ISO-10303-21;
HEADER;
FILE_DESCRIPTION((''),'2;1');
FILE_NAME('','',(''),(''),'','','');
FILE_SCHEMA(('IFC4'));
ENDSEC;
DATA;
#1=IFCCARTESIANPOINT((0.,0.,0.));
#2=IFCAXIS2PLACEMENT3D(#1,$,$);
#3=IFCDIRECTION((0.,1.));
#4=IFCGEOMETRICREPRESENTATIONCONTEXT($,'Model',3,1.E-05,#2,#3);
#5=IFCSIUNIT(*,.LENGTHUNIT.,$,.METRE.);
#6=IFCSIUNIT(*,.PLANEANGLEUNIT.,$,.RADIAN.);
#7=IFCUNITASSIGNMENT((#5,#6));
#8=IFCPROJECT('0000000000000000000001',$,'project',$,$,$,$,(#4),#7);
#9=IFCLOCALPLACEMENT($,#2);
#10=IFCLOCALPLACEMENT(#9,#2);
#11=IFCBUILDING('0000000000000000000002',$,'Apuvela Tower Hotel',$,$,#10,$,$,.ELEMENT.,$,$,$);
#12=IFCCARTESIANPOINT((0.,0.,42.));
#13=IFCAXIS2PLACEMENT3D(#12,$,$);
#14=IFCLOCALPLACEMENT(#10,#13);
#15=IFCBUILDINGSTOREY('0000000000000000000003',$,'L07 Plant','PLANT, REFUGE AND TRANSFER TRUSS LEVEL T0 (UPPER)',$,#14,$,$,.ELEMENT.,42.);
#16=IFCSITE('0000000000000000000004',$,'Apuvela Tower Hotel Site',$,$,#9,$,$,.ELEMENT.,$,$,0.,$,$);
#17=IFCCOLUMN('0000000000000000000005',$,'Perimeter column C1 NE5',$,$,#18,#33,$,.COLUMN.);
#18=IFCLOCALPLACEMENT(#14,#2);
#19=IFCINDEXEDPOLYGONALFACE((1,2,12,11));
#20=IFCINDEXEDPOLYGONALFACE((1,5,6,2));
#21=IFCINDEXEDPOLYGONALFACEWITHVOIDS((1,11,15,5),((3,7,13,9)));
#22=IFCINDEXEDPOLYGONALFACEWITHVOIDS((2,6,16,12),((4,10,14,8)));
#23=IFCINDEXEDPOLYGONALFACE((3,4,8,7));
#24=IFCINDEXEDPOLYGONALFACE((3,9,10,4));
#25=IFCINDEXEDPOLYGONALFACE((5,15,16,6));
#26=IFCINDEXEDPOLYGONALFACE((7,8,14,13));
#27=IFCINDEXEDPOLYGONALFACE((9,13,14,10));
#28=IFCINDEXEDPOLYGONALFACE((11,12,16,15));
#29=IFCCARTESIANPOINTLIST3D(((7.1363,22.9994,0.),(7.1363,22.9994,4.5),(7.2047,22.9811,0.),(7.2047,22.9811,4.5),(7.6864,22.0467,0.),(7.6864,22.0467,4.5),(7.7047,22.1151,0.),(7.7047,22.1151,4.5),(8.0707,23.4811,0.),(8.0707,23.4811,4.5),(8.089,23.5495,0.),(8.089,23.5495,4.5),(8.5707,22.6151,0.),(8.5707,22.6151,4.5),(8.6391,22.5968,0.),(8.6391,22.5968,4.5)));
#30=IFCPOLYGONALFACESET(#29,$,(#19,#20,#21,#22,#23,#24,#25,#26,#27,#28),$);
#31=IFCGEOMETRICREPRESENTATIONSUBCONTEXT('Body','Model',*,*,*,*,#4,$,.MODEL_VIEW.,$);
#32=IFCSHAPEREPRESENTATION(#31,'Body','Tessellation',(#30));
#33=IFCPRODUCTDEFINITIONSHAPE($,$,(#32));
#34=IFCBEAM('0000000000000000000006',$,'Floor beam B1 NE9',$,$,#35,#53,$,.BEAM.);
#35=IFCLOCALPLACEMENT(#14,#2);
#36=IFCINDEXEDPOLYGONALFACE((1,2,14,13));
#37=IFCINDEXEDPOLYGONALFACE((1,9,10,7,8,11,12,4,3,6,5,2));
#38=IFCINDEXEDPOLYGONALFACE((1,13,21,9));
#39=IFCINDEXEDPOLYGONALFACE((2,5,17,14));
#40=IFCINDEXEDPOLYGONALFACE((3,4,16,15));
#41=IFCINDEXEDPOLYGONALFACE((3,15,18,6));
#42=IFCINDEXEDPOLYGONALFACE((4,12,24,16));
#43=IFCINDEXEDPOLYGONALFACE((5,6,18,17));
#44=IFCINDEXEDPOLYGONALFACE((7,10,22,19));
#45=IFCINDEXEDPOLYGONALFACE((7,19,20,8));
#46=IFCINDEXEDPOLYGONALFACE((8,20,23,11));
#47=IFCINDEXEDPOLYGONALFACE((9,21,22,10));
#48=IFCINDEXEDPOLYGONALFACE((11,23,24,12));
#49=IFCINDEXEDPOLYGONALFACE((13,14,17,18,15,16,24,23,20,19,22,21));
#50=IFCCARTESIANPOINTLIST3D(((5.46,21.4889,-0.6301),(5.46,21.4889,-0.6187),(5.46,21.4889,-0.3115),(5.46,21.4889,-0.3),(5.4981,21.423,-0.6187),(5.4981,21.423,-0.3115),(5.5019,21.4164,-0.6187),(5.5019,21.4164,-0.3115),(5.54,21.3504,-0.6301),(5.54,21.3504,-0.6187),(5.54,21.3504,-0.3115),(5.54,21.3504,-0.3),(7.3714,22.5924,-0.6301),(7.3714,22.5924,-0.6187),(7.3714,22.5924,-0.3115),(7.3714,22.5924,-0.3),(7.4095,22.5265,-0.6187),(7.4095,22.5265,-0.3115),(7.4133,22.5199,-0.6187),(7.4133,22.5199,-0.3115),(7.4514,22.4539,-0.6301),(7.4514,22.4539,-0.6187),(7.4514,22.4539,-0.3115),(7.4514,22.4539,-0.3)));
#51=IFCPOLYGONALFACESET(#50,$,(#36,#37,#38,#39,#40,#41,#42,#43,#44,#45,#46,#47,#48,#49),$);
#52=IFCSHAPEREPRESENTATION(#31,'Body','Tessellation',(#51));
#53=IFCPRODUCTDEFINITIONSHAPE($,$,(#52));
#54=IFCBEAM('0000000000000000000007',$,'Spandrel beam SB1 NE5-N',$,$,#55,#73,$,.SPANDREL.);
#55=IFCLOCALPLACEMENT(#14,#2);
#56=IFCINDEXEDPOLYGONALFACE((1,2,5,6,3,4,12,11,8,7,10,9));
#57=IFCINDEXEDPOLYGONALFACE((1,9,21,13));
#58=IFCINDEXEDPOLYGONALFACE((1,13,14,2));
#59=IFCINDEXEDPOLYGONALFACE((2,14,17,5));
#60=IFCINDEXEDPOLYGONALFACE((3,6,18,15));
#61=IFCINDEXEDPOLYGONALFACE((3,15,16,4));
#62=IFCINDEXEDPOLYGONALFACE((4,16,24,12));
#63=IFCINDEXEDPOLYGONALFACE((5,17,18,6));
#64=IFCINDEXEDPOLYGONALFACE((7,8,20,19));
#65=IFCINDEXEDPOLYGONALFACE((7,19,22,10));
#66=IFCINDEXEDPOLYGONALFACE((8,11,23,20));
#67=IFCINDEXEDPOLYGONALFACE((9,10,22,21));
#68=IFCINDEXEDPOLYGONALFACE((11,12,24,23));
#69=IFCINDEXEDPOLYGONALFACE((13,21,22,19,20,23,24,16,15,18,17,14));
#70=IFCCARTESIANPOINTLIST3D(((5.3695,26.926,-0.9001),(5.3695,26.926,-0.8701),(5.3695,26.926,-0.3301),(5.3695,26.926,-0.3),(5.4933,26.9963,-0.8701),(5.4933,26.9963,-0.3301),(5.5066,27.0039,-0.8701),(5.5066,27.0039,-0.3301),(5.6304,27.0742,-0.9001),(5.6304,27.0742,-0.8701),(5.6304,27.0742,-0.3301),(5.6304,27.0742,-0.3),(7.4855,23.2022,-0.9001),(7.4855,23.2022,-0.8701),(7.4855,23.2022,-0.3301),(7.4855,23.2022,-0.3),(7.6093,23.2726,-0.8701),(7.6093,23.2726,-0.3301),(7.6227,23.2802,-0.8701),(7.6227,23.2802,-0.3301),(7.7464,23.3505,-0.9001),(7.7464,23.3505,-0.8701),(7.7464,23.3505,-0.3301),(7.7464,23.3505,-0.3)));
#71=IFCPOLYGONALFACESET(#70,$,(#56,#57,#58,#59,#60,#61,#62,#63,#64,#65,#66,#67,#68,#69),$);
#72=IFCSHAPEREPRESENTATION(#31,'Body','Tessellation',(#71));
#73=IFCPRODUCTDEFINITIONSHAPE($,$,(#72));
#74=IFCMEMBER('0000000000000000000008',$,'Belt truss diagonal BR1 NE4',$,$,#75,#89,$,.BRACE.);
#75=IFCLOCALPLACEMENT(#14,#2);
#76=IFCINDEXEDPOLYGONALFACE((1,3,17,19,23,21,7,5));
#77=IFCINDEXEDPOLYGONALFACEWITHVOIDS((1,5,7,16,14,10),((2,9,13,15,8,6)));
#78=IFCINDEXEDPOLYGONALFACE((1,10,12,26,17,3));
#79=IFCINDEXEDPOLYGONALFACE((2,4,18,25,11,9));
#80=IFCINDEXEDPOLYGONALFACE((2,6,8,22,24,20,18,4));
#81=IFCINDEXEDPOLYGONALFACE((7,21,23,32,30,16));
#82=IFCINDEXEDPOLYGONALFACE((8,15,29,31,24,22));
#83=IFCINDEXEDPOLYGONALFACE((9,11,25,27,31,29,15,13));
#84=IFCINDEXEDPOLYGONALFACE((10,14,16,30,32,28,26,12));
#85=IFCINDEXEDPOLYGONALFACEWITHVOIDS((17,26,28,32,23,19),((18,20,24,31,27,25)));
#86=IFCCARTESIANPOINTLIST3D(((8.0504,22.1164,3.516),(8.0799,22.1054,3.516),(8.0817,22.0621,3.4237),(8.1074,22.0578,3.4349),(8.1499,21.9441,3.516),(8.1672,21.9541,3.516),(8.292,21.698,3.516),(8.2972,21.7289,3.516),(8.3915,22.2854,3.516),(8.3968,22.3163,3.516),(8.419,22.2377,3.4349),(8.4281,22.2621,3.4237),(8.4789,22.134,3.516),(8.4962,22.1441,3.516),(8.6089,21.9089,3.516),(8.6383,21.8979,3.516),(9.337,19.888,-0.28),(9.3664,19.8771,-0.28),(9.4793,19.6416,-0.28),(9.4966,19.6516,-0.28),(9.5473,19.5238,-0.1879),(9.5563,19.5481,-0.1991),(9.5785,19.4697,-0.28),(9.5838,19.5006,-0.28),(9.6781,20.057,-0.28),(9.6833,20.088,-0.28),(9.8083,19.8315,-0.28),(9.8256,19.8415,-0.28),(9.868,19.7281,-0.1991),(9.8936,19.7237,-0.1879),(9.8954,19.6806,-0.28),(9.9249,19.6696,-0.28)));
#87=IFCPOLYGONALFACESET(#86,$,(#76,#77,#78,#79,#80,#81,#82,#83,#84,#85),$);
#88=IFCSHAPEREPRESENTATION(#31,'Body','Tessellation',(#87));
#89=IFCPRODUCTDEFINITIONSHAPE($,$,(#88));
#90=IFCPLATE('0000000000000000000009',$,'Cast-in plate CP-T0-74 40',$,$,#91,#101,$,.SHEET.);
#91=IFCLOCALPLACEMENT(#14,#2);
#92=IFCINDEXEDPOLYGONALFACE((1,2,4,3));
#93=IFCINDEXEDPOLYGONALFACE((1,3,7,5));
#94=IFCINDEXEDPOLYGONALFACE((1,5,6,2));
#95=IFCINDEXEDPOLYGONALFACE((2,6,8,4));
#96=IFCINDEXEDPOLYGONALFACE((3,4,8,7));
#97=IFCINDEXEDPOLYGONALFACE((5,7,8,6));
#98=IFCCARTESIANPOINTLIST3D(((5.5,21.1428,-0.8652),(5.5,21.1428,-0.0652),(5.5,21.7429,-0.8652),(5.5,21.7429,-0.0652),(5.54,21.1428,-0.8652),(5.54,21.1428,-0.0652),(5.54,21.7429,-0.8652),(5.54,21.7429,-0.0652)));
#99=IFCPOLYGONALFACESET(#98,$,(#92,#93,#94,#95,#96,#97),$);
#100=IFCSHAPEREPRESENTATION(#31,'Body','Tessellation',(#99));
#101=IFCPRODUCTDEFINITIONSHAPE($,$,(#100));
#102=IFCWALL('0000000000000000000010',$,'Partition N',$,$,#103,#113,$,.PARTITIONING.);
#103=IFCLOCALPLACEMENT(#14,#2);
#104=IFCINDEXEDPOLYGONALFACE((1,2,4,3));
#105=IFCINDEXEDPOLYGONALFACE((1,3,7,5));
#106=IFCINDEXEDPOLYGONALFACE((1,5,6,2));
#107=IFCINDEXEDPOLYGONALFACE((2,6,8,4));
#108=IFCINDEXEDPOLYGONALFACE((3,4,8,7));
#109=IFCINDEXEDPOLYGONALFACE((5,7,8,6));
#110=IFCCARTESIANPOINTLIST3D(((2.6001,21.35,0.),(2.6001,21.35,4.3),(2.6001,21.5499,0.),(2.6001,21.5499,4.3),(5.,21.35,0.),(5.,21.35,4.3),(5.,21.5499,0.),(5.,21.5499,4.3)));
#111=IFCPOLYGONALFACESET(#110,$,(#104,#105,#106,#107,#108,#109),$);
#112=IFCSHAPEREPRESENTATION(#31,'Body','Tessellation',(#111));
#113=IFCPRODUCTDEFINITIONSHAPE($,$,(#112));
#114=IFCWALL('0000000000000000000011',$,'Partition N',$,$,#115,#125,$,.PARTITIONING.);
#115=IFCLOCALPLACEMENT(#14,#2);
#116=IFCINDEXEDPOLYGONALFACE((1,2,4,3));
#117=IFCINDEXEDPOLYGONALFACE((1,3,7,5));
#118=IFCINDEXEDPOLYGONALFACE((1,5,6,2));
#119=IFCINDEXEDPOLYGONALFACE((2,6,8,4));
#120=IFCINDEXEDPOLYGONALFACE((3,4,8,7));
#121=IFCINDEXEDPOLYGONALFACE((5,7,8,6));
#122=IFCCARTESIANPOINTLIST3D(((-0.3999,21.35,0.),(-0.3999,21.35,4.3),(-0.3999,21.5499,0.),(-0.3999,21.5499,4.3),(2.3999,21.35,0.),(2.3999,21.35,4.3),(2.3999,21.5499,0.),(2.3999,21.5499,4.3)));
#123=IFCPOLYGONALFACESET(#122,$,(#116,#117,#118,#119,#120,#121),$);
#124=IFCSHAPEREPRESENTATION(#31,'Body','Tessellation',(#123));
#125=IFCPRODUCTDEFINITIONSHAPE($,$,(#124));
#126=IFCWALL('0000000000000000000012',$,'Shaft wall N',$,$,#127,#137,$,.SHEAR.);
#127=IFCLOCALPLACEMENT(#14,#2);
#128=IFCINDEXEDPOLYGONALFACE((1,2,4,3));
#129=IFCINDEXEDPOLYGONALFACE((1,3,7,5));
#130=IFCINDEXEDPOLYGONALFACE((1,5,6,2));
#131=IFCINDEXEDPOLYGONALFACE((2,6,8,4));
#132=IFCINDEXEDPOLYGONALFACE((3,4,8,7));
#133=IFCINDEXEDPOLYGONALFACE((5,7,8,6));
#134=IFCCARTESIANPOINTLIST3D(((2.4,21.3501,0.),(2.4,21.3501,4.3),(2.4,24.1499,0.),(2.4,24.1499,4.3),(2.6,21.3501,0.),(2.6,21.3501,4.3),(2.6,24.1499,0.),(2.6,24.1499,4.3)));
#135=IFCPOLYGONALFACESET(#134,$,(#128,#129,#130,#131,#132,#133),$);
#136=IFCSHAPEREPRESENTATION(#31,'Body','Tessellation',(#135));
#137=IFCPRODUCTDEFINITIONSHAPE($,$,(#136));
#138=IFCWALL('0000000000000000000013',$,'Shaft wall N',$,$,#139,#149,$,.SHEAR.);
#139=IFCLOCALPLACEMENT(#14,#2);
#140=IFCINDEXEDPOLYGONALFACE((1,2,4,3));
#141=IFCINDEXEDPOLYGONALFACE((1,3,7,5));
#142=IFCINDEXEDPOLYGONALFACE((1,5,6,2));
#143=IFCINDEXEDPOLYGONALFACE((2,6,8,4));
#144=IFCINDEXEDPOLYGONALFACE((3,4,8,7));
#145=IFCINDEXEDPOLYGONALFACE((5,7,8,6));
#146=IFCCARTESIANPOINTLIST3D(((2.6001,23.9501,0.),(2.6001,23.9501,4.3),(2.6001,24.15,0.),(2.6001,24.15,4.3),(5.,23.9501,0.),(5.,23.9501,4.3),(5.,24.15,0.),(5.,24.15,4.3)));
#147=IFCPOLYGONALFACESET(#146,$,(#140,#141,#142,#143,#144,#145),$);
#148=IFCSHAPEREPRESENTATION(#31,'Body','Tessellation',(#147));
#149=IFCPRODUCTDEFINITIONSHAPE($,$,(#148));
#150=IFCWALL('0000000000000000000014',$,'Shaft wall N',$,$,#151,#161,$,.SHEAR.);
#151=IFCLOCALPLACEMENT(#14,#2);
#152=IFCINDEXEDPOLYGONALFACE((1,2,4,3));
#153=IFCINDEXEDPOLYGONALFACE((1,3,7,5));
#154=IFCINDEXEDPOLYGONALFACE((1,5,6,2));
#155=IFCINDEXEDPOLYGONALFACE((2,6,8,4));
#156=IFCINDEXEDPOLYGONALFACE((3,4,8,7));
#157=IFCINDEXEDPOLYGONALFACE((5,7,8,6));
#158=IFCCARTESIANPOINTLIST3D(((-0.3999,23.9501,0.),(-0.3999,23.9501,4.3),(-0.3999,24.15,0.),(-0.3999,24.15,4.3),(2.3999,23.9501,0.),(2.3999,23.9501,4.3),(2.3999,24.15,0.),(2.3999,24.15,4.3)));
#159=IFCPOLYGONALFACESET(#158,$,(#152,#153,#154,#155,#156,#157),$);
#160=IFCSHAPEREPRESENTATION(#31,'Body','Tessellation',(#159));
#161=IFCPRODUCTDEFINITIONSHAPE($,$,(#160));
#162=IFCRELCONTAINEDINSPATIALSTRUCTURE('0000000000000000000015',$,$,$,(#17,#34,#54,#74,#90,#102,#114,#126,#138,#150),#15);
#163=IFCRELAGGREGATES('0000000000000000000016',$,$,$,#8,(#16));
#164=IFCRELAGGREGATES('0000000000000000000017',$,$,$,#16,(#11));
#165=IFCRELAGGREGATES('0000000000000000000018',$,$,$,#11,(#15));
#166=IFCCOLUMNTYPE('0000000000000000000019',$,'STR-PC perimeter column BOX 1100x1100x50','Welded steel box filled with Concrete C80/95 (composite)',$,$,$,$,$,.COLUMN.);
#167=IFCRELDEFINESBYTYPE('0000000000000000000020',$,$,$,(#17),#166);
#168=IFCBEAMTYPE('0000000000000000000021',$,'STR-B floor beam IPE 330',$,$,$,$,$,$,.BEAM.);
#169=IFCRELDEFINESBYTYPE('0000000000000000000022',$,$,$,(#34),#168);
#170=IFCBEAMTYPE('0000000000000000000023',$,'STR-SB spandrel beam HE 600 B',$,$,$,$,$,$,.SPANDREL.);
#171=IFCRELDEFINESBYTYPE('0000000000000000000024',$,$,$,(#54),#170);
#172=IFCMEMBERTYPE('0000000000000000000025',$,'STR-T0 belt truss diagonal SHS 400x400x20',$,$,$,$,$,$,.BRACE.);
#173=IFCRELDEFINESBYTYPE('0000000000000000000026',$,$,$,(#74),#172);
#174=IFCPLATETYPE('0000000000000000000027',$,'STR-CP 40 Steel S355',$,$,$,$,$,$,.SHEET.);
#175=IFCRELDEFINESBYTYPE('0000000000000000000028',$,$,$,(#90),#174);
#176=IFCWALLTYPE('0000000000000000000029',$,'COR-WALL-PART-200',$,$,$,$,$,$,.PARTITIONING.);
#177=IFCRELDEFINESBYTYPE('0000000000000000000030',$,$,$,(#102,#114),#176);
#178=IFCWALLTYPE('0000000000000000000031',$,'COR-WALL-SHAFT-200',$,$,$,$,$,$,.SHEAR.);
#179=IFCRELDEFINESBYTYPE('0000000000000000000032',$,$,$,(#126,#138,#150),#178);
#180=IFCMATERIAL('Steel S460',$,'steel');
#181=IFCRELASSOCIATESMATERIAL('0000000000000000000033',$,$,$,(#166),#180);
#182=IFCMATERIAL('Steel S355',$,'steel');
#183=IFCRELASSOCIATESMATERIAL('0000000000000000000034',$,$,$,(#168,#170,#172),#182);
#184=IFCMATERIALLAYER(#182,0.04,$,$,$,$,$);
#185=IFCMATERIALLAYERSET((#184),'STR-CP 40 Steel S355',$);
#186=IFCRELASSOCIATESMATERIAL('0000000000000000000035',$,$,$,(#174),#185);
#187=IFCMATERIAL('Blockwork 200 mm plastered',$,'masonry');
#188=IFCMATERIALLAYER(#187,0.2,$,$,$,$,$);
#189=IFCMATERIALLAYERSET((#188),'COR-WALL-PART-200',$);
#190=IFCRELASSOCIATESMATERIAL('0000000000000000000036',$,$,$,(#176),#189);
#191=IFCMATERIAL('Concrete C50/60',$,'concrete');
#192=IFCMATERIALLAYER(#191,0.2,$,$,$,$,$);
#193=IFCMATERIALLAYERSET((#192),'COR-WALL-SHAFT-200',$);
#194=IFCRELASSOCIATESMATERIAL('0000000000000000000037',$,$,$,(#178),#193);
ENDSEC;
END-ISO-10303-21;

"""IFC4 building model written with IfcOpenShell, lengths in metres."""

from ifc_helpers import new_model, si_unit, direction, frame, frame_2d, origin, origin_2d, place, context, subcontext, project, spatial, rectangle, hollow_rectangle, i_section, extrude, boolean, halfspace, material, layer, layer_set, material_profile, profile_set, type_object, element, save


model = new_model("IFC4")

# Units and contexts
model_context = context("Model", 3, precision=1e-05, world=origin(), true_north=direction((0.0, 1.0)))
body_context = subcontext(model_context, "Body", "Model", "MODEL_VIEW")
ifc_project = project(units=[si_unit("LENGTHUNIT", "METRE"), si_unit("PLANEANGLEUNIT", "RADIAN")], contexts=[model_context])

# Site, building, storey
site_placement = place(None, origin())
site = spatial("IfcSite", under=ifc_project, at=site_placement, Name="Apuvela Tower Hotel Site", CompositionType="ELEMENT", RefElevation=0.0)
building_placement = place(site_placement, origin())
building = spatial("IfcBuilding", under=site, at=building_placement, Name="Apuvela Tower Hotel", CompositionType="ELEMENT")
storey_placement = place(building_placement, frame((0.0, 0.0, 42.0)))
storey = spatial("IfcBuildingStorey", under=building, at=storey_placement, Name="L07 Plant", Description="PLANT, REFUGE AND TRANSFER TRUSS LEVEL T0 (UPPER)", CompositionType="ELEMENT", Elevation=42.0)

# Column
ifc_material_1 = material(Name="Steel S460", Category="steel")
ifc_material_profile_1 = material_profile(ifc_material_1, hollow_rectangle(XDim=1.1001, YDim=1.1001, WallThickness=0.05, at=origin_2d()), Name="BOX 1100x1100x50")
ifc_material_2 = material(Name="Concrete C80/95", Category="concrete")
ifc_material_profile_2 = material_profile(ifc_material_2, rectangle(XDim=1.0, YDim=1.0, at=origin_2d()), Name="Concrete C80/95 infill")
ifc_profile_set_1 = profile_set([ifc_material_profile_1, ifc_material_profile_2], Name="Steel S460")
column_type = type_object("IfcColumnType", Name="STR-PC perimeter column BOX 1100x1100x50", Description="Welded steel box filled with Concrete C80/95 (composite)", PredefinedType="COLUMN", material=ifc_profile_set_1)
column_placement = place(storey_placement, frame((7.8877, 22.7981, 0.0), z_axis=(0.0, 0.0, 1.0), x_axis=(-0.5, 0.866025, 0.0)))
element("IfcColumn", 1, at=column_placement, inside=storey, type_object=column_type, Name="Perimeter column C1 NE5", PredefinedType="COLUMN", context=body_context, shape_type="SweptSolid", body=[
    extrude(hollow_rectangle(XDim=1.1001, YDim=1.1001, WallThickness=0.05, at=origin_2d()), origin(), (0.0, 0.0, 1.0), 4.5),
])

# Beams
ifc_material_3 = material(Name="Steel S355", Category="steel")
ifc_material_profile_3 = material_profile(ifc_material_3, i_section(OverallWidth=0.1599, OverallDepth=0.3301, WebThickness=0.0076, FlangeThickness=0.0115, at=origin_2d()), Name="IPE 330")
ifc_profile_set_2 = profile_set([ifc_material_profile_3], Name="Steel S355")
beam_type_1 = type_object("IfcBeamType", Name="STR-B floor beam IPE 330", PredefinedType="BEAM", material=ifc_profile_set_2)
beam_1_placement = place(storey_placement, frame((7.4114, 22.5232, -0.4651), z_axis=(-0.866029, -0.499994, 0.0), x_axis=(0.499994, -0.866029, 0.0)))
element("IfcBeam", 2, at=beam_1_placement, inside=storey, type_object=beam_type_1, Name="Floor beam B1 NE9", PredefinedType="BEAM", context=body_context, shape_type="SweptSolid", body=[
    extrude(i_section(OverallWidth=0.1599, OverallDepth=0.3301, WebThickness=0.0076, FlangeThickness=0.0115, at=origin_2d()), origin(), (0.0, 0.0, 1.0), 2.207),
])
ifc_material_profile_4 = material_profile(ifc_material_3, i_section(OverallWidth=0.3, OverallDepth=0.6001, WebThickness=0.0154, FlangeThickness=0.03, at=origin_2d()), Name="HE 600 B")
ifc_profile_set_3 = profile_set([ifc_material_profile_4], Name="Steel S355")
beam_type_2 = type_object("IfcBeamType", Name="STR-SB spandrel beam HE 600 B", PredefinedType="SPANDREL", material=ifc_profile_set_3)
beam_2_placement = place(storey_placement, frame((7.616, 23.2764, -0.6001), z_axis=(-0.494056, 0.86943, 0.0), x_axis=(-0.86943, -0.494056, 0.0)))
element("IfcBeam", 3, at=beam_2_placement, inside=storey, type_object=beam_type_2, Name="Spandrel beam SB1 NE5-N", PredefinedType="SPANDREL", context=body_context, shape_type="SweptSolid", body=[
    extrude(i_section(OverallWidth=0.3, OverallDepth=0.6001, WebThickness=0.0154, FlangeThickness=0.03, at=origin_2d()), origin(), (0.0, 0.0, 1.0), 4.283),
])

# Member
ifc_material_profile_5 = material_profile(ifc_material_3, hollow_rectangle(XDim=0.3999, YDim=0.3999, WallThickness=0.02, at=origin_2d()), Name="SHS 400x400x20")
ifc_profile_set_4 = profile_set([ifc_material_profile_5], Name="Steel S355")
member_type_1 = type_object("IfcMemberType", Name="STR-T0 belt truss diagonal SHS 400x400x20", PredefinedType="BRACE", material=ifc_profile_set_4)
member_1_placement = place(storey_placement, frame((9.6377, 19.7671, -0.3), z_axis=(-0.280541, 0.485902, 0.827766), x_axis=(0.413889, -0.716863, 0.561073)))
solid_1 = boolean("DIFFERENCE", boolean("DIFFERENCE", extrude(hollow_rectangle(XDim=0.3999, YDim=0.3999, WallThickness=0.02, at=origin_2d()), frame((0.0, 0.0, -0.2556)), (0.0, 0.0, 1.0), 5.1453), halfspace(frame((0.0, 0.0, 0.0242), z_axis=(0.561073, 0.0, 0.827766), x_axis=(0.827766, 0.0, -0.561073)), True)), halfspace(frame((0.0, 0.0, 4.6101), z_axis=(0.561073, 0.0, 0.827766), x_axis=(0.827766, 0.0, -0.561073)), False))
element("IfcMember", 4, at=member_1_placement, inside=storey, type_object=member_type_1, Name="Belt truss diagonal BR1 NE4", PredefinedType="BRACE", context=body_context, shape_type="SweptSolid", body=[
    boolean("UNION", boolean("DIFFERENCE", boolean("DIFFERENCE", extrude(hollow_rectangle(XDim=0.3999, YDim=0.3999, WallThickness=0.02, at=origin_2d()), origin(), (0.0, 0.0, 1.0), 4.634), halfspace(frame((0.0, 0.0, 0.0242), z_axis=(0.561073, 0.0, 0.827766), x_axis=(0.827766, 0.0, -0.561073)), True)), halfspace(frame((0.0, 0.0, 4.6101), z_axis=(0.561073, 0.0, 0.827766), x_axis=(0.827766, 0.0, -0.561073)), False)), solid_1),
])

# Plate
ifc_layer_1 = layer(ifc_material_3, 0.04)
ifc_layer_set_1 = layer_set([ifc_layer_1], Name="STR-CP 40 Steel S355")
plate_type = type_object("IfcPlateType", Name="STR-CP 40 Steel S355", PredefinedType="SHEET", material=ifc_layer_set_1)
plate_placement = place(storey_placement, frame((5.52, 21.4429, -0.8652), z_axis=(0.0, 0.0, 1.0), x_axis=(-1.0, 0.0, 0.0)))
element("IfcPlate", 5, at=plate_placement, inside=storey, type_object=plate_type, Name="Cast-in plate CP-T0-74 40", PredefinedType="SHEET", context=body_context, shape_type="SweptSolid", body=[
    extrude(rectangle(XDim=0.04, YDim=0.6001, at=origin_2d()), origin(), (0.0, 0.0, 1.0), 0.8),
])

# Walls
ifc_material_4 = material(Name="Blockwork 200 mm plastered", Category="masonry")
ifc_layer_2 = layer(ifc_material_4, 0.2)
ifc_layer_set_2 = layer_set([ifc_layer_2], Name="COR-WALL-PART-200")
wall_type_1 = type_object("IfcWallType", Name="COR-WALL-PART-200", PredefinedType="PARTITIONING", material=ifc_layer_set_2)
wall_1_placement = place(storey_placement, frame((5.0, 21.45, 0.0), z_axis=(0.0, 0.0, 1.0), x_axis=(-1.0, 0.0, 0.0)))
element("IfcWall", 6, at=wall_1_placement, inside=storey, type_object=wall_type_1, Name="Partition N", PredefinedType="PARTITIONING", context=body_context, shape_type="SweptSolid", body=[
    extrude(rectangle(XDim=2.3999, YDim=0.2, at=frame_2d((1.2, 0.0))), origin(), (0.0, 0.0, 1.0), 4.3),
])
wall_2_placement = place(storey_placement, frame((2.3999, 21.45, 0.0), z_axis=(0.0, 0.0, 1.0), x_axis=(-1.0, 0.0, 0.0)))
element("IfcWall", 7, at=wall_2_placement, inside=storey, type_object=wall_type_1, Name="Partition N", PredefinedType="PARTITIONING", context=body_context, shape_type="SweptSolid", body=[
    extrude(rectangle(XDim=2.7998, YDim=0.2, at=frame_2d((1.3999, 0.0))), origin(), (0.0, 0.0, 1.0), 4.3),
])
ifc_material_5 = material(Name="Concrete C50/60", Category="concrete")
ifc_layer_3 = layer(ifc_material_5, 0.2)
ifc_layer_set_3 = layer_set([ifc_layer_3], Name="COR-WALL-SHAFT-200")
wall_type_2 = type_object("IfcWallType", Name="COR-WALL-SHAFT-200", PredefinedType="SHEAR", material=ifc_layer_set_3)
wall_3_placement = place(storey_placement, frame((2.5, 21.3501, 0.0), z_axis=(0.0, 0.0, 1.0), x_axis=(0.0, 1.0, 0.0)))
element("IfcWall", 8, at=wall_3_placement, inside=storey, type_object=wall_type_2, Name="Shaft wall N", PredefinedType="SHEAR", context=body_context, shape_type="SweptSolid", body=[
    extrude(rectangle(XDim=2.7998, YDim=0.2, at=frame_2d((1.3999, 0.0))), origin(), (0.0, 0.0, 1.0), 4.3),
])
wall_4_placement = place(storey_placement, frame((5.0, 24.05, 0.0), z_axis=(0.0, 0.0, 1.0), x_axis=(-1.0, 0.0, 0.0)))
element("IfcWall", 9, at=wall_4_placement, inside=storey, type_object=wall_type_2, Name="Shaft wall N", PredefinedType="SHEAR", context=body_context, shape_type="SweptSolid", body=[
    extrude(rectangle(XDim=2.3999, YDim=0.2, at=frame_2d((1.2, 0.0))), origin(), (0.0, 0.0, 1.0), 4.3),
])
wall_5_placement = place(storey_placement, frame((2.3999, 24.05, 0.0), z_axis=(0.0, 0.0, 1.0), x_axis=(-1.0, 0.0, 0.0)))
element("IfcWall", 10, at=wall_5_placement, inside=storey, type_object=wall_type_2, Name="Shaft wall N", PredefinedType="SHEAR", context=body_context, shape_type="SweptSolid", body=[
    extrude(rectangle(XDim=2.7998, YDim=0.2, at=frame_2d((1.3999, 0.0))), origin(), (0.0, 0.0, 1.0), 4.3),
])

save(model, "model.ifc")
